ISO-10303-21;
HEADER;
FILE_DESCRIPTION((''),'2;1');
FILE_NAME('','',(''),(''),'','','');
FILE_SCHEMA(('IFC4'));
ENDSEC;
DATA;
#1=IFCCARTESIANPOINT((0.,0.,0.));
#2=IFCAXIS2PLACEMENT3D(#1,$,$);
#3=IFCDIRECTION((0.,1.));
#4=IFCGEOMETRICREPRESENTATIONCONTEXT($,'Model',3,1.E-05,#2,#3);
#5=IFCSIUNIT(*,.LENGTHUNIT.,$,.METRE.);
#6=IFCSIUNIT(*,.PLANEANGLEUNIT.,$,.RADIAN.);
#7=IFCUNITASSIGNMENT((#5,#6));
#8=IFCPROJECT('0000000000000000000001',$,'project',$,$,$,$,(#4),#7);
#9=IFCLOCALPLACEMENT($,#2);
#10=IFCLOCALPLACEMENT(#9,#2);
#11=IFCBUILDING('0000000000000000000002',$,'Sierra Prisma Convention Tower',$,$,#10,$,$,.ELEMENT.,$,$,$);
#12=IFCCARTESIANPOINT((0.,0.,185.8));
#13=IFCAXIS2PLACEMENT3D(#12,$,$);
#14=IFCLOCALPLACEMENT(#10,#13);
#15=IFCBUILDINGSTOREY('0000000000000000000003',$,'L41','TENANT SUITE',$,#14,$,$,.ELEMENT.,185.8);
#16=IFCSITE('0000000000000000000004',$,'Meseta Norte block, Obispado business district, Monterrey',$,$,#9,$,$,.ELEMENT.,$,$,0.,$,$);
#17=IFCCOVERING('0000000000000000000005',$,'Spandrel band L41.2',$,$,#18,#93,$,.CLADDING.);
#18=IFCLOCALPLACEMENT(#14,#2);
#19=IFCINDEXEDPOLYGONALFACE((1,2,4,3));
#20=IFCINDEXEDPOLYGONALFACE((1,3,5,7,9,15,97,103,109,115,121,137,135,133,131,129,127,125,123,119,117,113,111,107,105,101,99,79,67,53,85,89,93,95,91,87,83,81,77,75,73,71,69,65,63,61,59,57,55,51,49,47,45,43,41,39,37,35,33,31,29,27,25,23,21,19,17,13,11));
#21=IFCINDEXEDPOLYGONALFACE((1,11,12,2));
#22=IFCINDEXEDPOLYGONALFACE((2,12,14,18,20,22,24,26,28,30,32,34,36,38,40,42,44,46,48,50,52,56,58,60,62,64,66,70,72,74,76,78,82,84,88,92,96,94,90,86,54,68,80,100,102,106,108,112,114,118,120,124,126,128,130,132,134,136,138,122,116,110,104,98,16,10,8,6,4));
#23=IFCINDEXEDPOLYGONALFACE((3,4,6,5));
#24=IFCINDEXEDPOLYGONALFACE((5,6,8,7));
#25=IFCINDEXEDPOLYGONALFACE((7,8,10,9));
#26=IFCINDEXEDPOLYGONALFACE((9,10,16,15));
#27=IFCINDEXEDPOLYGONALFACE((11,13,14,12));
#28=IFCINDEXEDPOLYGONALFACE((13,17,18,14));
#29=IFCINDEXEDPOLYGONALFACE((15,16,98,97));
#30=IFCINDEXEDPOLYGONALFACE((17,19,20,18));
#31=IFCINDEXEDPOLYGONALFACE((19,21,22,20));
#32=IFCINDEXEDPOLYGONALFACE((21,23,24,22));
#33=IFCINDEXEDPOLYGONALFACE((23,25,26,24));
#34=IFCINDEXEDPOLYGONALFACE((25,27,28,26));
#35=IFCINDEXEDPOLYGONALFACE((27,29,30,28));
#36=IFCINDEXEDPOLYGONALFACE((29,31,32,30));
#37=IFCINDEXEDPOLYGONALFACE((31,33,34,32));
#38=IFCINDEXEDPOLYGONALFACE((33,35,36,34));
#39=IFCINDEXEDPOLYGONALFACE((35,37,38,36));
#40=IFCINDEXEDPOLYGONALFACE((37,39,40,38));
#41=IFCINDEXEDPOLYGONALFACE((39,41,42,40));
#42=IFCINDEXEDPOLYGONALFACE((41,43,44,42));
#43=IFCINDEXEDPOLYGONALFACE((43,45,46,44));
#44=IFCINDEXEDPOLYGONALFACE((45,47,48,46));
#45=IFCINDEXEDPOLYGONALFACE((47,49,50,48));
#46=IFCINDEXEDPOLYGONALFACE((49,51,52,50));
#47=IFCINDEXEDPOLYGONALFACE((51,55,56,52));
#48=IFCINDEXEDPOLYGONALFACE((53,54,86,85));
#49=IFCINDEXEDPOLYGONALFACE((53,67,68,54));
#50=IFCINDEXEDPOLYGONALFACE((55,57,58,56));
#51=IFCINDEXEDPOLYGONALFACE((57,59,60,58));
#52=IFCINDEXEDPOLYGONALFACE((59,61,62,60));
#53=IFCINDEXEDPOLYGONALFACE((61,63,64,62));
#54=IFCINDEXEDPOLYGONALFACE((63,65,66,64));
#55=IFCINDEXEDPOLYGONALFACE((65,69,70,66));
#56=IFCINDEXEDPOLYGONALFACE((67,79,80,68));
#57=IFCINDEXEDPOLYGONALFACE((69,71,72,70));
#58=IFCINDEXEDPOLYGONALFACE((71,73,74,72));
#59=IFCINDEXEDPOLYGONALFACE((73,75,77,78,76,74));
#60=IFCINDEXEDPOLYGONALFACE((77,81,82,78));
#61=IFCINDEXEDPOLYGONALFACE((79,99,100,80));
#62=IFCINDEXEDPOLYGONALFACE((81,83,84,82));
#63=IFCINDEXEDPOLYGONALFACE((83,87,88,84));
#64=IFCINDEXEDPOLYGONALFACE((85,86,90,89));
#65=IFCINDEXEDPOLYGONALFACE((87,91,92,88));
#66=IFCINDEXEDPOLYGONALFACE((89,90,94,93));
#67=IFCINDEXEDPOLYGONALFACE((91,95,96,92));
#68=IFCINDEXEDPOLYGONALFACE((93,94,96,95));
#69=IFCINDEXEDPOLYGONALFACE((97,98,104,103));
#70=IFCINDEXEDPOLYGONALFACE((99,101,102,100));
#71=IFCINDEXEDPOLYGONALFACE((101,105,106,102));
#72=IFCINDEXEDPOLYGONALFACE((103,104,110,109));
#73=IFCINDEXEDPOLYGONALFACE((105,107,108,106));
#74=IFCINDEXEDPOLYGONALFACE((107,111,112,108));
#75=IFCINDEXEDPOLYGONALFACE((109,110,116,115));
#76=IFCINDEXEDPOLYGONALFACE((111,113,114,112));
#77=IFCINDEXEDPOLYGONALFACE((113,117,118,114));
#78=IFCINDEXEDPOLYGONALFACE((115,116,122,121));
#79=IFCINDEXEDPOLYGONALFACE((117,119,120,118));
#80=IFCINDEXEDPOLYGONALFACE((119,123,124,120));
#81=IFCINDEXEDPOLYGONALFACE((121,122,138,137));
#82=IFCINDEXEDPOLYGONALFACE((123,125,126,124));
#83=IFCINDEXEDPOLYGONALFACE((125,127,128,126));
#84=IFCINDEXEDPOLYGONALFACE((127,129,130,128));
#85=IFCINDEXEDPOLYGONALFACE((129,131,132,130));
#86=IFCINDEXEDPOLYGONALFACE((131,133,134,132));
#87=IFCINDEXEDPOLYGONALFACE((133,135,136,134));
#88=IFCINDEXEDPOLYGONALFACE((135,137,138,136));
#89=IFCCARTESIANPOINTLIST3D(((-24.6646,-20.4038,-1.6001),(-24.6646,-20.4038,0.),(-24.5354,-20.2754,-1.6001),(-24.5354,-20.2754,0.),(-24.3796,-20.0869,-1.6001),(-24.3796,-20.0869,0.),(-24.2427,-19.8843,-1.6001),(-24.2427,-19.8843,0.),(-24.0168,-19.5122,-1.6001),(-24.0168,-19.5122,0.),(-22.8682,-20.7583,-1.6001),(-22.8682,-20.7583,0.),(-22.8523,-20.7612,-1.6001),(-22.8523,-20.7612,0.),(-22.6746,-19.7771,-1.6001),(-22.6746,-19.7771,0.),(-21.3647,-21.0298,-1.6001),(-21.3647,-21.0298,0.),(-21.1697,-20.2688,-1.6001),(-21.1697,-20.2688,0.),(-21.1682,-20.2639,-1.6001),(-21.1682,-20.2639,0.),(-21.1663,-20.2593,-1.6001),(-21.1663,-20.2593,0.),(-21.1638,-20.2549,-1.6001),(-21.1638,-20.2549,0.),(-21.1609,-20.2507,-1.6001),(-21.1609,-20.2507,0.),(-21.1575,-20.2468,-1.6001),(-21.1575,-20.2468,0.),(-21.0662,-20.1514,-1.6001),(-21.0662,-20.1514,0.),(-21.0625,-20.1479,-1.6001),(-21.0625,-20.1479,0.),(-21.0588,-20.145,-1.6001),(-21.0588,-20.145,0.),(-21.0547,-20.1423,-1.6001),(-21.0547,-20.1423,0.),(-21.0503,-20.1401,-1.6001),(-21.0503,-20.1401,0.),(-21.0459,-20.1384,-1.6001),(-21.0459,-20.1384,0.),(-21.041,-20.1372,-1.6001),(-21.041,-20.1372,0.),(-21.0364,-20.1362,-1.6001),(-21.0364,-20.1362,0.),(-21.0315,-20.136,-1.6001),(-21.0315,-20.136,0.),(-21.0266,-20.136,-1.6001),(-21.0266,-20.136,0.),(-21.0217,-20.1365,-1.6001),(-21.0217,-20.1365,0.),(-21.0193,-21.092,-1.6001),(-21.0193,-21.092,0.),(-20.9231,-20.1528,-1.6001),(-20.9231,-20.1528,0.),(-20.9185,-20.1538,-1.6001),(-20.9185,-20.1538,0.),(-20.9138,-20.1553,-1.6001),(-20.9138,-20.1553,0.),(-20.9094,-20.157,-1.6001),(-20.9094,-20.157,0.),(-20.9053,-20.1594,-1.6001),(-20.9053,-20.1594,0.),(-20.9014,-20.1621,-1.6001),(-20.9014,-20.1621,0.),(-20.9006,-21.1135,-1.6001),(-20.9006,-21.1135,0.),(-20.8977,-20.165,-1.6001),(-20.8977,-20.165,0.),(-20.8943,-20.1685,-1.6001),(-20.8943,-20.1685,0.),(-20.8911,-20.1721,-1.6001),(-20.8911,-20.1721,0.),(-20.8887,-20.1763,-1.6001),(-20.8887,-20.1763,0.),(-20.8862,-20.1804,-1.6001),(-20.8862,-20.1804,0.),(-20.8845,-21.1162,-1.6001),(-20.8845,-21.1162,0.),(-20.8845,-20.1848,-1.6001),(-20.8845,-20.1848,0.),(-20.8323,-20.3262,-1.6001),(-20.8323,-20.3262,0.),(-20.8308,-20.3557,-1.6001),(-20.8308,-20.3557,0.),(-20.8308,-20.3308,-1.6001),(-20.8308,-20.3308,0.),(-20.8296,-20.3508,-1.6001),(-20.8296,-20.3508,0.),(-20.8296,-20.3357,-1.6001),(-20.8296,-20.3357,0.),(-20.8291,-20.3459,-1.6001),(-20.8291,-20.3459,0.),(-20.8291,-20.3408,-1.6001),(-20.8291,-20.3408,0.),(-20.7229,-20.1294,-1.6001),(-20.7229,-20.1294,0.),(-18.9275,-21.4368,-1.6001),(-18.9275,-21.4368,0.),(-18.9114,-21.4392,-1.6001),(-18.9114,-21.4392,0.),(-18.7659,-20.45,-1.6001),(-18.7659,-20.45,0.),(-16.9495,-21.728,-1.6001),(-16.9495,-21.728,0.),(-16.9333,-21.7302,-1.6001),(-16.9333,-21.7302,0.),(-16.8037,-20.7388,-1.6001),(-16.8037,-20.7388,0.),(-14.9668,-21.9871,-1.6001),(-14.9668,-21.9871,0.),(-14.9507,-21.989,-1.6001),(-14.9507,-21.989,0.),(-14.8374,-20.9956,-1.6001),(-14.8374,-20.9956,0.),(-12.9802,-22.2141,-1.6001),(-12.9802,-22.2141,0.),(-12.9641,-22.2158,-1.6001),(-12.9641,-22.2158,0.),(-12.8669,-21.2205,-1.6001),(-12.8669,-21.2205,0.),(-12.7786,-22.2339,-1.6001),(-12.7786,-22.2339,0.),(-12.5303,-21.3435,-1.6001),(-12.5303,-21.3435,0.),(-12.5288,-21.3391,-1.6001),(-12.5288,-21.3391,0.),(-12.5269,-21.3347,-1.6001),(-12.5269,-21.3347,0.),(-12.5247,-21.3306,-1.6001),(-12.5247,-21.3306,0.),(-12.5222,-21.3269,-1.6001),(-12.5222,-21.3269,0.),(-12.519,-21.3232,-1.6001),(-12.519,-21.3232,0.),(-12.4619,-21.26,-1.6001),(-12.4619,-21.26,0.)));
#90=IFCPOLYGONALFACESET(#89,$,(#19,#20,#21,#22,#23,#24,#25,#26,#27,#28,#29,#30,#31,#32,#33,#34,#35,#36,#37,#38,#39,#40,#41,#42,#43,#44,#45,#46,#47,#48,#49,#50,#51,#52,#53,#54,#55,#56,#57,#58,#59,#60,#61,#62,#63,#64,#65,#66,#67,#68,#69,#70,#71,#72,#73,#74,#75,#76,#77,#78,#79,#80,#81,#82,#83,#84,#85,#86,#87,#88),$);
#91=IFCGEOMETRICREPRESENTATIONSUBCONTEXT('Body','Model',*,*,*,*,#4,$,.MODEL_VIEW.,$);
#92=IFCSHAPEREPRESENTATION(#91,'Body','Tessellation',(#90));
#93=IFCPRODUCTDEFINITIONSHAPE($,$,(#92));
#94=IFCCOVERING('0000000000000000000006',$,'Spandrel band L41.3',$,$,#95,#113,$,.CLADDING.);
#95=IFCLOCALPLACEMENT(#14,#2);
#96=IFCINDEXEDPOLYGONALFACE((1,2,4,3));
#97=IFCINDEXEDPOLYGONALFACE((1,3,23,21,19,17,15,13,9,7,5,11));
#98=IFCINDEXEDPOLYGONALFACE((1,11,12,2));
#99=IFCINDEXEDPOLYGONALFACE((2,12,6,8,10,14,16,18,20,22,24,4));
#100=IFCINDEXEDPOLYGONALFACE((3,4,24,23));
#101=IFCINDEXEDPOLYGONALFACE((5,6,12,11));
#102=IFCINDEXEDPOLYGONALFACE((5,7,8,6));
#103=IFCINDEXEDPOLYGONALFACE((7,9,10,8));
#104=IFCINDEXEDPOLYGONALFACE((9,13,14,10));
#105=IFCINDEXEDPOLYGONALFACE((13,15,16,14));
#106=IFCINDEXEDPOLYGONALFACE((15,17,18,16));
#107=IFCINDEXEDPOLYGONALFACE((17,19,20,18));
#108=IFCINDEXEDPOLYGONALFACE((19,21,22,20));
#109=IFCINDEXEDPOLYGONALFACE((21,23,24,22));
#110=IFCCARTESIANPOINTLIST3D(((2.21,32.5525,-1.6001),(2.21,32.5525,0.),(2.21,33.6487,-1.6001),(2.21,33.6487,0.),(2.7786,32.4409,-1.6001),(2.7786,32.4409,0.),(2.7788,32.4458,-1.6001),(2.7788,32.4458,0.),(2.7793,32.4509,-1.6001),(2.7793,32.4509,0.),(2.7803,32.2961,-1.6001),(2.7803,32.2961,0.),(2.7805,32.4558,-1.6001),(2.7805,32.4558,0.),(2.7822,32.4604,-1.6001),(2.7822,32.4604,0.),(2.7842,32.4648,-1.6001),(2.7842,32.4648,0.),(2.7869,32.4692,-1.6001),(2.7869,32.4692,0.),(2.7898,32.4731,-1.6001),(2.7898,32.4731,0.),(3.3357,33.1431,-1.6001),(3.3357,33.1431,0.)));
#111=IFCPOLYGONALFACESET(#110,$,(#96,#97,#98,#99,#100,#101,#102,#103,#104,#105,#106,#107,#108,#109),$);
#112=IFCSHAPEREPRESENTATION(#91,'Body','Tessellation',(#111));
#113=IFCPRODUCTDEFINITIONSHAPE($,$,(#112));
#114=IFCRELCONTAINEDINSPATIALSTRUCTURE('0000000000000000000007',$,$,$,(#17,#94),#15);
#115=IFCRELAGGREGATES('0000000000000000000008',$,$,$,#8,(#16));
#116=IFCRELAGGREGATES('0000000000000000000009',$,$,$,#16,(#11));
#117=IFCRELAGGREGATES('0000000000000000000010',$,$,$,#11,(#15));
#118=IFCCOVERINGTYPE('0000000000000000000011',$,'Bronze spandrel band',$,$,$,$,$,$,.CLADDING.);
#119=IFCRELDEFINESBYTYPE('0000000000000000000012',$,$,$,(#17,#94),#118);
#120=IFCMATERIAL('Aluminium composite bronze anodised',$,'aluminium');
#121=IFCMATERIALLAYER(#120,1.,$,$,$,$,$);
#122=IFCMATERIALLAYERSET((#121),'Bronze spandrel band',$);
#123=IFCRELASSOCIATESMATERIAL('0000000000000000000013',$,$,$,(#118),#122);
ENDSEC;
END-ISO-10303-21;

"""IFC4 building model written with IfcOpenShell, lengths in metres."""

from ifc_helpers import new_model, si_unit, direction, frame, origin, place, context, subcontext, project, spatial, polyline, outline, extrude, material, layer, layer_set, type_object, element, save


model = new_model("IFC4")

# Units and contexts
model_context = context("Model", 3, precision=1e-05, world=origin(), true_north=direction((0.0, 1.0)))
body_context = subcontext(model_context, "Body", "Model", "MODEL_VIEW")
ifc_project = project(units=[si_unit("LENGTHUNIT", "METRE"), si_unit("PLANEANGLEUNIT", "RADIAN")], contexts=[model_context])

# Site, building, storey
site_placement = place(None, origin())
site = spatial("IfcSite", under=ifc_project, at=site_placement, Name="Meseta Norte block, Obispado business district, Monterrey", CompositionType="ELEMENT", RefElevation=0.0)
building_placement = place(site_placement, origin())
building = spatial("IfcBuilding", under=site, at=building_placement, Name="Sierra Prisma Convention Tower", CompositionType="ELEMENT")
storey_placement = place(building_placement, frame((0.0, 0.0, 185.8)))
storey = spatial("IfcBuildingStorey", under=building, at=storey_placement, Name="L41", Description="TENANT SUITE", CompositionType="ELEMENT", Elevation=185.8)

# Coverings
ifc_material_1 = material(Name="Aluminium composite bronze anodised", Category="aluminium")
ifc_layer_1 = layer(ifc_material_1, 1.0)
ifc_layer_set_1 = layer_set([ifc_layer_1], Name="Bronze spandrel band")
covering_type_1 = type_object("IfcCoveringType", Name="Bronze spandrel band", PredefinedType="CLADDING", material=ifc_layer_set_1)
covering_1_placement = place(storey_placement, frame((0.0, 0.0, -1.6001)))
element("IfcCovering", 1, at=covering_1_placement, inside=storey, type_object=covering_type_1, Name="Spandrel band L41.2", PredefinedType="CLADDING", context=body_context, shape_type="SweptSolid", body=[
    extrude(outline(polyline([(-22.6746, -19.7771), (-20.7229, -20.1294), (-18.7659, -20.45), (-16.8037, -20.7388), (-14.8374, -20.9956), (-12.8669, -21.2205), (-12.4619, -21.26), (-12.519, -21.3232), (-12.5222, -21.3269), (-12.5247, -21.3306), (-12.5269, -21.3347), (-12.5288, -21.3391), (-12.5303, -21.3435), (-12.7786, -22.2339), (-12.9641, -22.2158), (-12.9802, -22.2141), (-14.9507, -21.989), (-14.9668, -21.9871), (-16.9333, -21.7302), (-16.9495, -21.728), (-18.9114, -21.4392), (-18.9275, -21.4368), (-20.8845, -21.1162), (-20.9006, -21.1135), (-21.0193, -21.092), (-20.8308, -20.3557), (-20.8296, -20.3508), (-20.8291, -20.3459), (-20.8291, -20.3408), (-20.8296, -20.3357), (-20.8308, -20.3308), (-20.8323, -20.3262), (-20.8845, -20.1848), (-20.8862, -20.1804), (-20.8887, -20.1763), (-20.8911, -20.1721), (-20.8943, -20.1685), (-20.8977, -20.165), (-20.9014, -20.1621), (-20.9053, -20.1594), (-20.9094, -20.157), (-20.9138, -20.1553), (-20.9185, -20.1538), (-20.9231, -20.1528), (-21.0217, -20.1365), (-21.0266, -20.136), (-21.0315, -20.136), (-21.0364, -20.1362), (-21.041, -20.1372), (-21.0459, -20.1384), (-21.0503, -20.1401), (-21.0547, -20.1423), (-21.0588, -20.145), (-21.0625, -20.1479), (-21.0662, -20.1514), (-21.1575, -20.2468), (-21.1609, -20.2507), (-21.1638, -20.2549), (-21.1663, -20.2593), (-21.1682, -20.2639), (-21.1697, -20.2688), (-21.3647, -21.0298), (-22.8523, -20.7612), (-22.8682, -20.7583), (-24.6646, -20.4038), (-24.5354, -20.2754), (-24.3796, -20.0869), (-24.2427, -19.8843), (-24.0168, -19.5122), (-22.6746, -19.7771)])), origin(), (0.0, 0.0, 1.0), 1.6001),
])
covering_2_placement = place(storey_placement, frame((0.0, 0.0, -1.6001)))
element("IfcCovering", 2, at=covering_2_placement, inside=storey, type_object=covering_type_1, Name="Spandrel band L41.3", PredefinedType="CLADDING", context=body_context, shape_type="SweptSolid", body=[
    extrude(outline(polyline([(2.7842, 32.4648), (2.7822, 32.4604), (2.7805, 32.4558), (2.7793, 32.4509), (2.7788, 32.4458), (2.7786, 32.4409), (2.7803, 32.2961), (2.21, 32.5525), (2.21, 33.6487), (3.3357, 33.1431), (2.7898, 32.4731), (2.7869, 32.4692), (2.7842, 32.4648)])), origin(), (0.0, 0.0, 1.0), 1.6001),
])

save(model, "model.ifc")
